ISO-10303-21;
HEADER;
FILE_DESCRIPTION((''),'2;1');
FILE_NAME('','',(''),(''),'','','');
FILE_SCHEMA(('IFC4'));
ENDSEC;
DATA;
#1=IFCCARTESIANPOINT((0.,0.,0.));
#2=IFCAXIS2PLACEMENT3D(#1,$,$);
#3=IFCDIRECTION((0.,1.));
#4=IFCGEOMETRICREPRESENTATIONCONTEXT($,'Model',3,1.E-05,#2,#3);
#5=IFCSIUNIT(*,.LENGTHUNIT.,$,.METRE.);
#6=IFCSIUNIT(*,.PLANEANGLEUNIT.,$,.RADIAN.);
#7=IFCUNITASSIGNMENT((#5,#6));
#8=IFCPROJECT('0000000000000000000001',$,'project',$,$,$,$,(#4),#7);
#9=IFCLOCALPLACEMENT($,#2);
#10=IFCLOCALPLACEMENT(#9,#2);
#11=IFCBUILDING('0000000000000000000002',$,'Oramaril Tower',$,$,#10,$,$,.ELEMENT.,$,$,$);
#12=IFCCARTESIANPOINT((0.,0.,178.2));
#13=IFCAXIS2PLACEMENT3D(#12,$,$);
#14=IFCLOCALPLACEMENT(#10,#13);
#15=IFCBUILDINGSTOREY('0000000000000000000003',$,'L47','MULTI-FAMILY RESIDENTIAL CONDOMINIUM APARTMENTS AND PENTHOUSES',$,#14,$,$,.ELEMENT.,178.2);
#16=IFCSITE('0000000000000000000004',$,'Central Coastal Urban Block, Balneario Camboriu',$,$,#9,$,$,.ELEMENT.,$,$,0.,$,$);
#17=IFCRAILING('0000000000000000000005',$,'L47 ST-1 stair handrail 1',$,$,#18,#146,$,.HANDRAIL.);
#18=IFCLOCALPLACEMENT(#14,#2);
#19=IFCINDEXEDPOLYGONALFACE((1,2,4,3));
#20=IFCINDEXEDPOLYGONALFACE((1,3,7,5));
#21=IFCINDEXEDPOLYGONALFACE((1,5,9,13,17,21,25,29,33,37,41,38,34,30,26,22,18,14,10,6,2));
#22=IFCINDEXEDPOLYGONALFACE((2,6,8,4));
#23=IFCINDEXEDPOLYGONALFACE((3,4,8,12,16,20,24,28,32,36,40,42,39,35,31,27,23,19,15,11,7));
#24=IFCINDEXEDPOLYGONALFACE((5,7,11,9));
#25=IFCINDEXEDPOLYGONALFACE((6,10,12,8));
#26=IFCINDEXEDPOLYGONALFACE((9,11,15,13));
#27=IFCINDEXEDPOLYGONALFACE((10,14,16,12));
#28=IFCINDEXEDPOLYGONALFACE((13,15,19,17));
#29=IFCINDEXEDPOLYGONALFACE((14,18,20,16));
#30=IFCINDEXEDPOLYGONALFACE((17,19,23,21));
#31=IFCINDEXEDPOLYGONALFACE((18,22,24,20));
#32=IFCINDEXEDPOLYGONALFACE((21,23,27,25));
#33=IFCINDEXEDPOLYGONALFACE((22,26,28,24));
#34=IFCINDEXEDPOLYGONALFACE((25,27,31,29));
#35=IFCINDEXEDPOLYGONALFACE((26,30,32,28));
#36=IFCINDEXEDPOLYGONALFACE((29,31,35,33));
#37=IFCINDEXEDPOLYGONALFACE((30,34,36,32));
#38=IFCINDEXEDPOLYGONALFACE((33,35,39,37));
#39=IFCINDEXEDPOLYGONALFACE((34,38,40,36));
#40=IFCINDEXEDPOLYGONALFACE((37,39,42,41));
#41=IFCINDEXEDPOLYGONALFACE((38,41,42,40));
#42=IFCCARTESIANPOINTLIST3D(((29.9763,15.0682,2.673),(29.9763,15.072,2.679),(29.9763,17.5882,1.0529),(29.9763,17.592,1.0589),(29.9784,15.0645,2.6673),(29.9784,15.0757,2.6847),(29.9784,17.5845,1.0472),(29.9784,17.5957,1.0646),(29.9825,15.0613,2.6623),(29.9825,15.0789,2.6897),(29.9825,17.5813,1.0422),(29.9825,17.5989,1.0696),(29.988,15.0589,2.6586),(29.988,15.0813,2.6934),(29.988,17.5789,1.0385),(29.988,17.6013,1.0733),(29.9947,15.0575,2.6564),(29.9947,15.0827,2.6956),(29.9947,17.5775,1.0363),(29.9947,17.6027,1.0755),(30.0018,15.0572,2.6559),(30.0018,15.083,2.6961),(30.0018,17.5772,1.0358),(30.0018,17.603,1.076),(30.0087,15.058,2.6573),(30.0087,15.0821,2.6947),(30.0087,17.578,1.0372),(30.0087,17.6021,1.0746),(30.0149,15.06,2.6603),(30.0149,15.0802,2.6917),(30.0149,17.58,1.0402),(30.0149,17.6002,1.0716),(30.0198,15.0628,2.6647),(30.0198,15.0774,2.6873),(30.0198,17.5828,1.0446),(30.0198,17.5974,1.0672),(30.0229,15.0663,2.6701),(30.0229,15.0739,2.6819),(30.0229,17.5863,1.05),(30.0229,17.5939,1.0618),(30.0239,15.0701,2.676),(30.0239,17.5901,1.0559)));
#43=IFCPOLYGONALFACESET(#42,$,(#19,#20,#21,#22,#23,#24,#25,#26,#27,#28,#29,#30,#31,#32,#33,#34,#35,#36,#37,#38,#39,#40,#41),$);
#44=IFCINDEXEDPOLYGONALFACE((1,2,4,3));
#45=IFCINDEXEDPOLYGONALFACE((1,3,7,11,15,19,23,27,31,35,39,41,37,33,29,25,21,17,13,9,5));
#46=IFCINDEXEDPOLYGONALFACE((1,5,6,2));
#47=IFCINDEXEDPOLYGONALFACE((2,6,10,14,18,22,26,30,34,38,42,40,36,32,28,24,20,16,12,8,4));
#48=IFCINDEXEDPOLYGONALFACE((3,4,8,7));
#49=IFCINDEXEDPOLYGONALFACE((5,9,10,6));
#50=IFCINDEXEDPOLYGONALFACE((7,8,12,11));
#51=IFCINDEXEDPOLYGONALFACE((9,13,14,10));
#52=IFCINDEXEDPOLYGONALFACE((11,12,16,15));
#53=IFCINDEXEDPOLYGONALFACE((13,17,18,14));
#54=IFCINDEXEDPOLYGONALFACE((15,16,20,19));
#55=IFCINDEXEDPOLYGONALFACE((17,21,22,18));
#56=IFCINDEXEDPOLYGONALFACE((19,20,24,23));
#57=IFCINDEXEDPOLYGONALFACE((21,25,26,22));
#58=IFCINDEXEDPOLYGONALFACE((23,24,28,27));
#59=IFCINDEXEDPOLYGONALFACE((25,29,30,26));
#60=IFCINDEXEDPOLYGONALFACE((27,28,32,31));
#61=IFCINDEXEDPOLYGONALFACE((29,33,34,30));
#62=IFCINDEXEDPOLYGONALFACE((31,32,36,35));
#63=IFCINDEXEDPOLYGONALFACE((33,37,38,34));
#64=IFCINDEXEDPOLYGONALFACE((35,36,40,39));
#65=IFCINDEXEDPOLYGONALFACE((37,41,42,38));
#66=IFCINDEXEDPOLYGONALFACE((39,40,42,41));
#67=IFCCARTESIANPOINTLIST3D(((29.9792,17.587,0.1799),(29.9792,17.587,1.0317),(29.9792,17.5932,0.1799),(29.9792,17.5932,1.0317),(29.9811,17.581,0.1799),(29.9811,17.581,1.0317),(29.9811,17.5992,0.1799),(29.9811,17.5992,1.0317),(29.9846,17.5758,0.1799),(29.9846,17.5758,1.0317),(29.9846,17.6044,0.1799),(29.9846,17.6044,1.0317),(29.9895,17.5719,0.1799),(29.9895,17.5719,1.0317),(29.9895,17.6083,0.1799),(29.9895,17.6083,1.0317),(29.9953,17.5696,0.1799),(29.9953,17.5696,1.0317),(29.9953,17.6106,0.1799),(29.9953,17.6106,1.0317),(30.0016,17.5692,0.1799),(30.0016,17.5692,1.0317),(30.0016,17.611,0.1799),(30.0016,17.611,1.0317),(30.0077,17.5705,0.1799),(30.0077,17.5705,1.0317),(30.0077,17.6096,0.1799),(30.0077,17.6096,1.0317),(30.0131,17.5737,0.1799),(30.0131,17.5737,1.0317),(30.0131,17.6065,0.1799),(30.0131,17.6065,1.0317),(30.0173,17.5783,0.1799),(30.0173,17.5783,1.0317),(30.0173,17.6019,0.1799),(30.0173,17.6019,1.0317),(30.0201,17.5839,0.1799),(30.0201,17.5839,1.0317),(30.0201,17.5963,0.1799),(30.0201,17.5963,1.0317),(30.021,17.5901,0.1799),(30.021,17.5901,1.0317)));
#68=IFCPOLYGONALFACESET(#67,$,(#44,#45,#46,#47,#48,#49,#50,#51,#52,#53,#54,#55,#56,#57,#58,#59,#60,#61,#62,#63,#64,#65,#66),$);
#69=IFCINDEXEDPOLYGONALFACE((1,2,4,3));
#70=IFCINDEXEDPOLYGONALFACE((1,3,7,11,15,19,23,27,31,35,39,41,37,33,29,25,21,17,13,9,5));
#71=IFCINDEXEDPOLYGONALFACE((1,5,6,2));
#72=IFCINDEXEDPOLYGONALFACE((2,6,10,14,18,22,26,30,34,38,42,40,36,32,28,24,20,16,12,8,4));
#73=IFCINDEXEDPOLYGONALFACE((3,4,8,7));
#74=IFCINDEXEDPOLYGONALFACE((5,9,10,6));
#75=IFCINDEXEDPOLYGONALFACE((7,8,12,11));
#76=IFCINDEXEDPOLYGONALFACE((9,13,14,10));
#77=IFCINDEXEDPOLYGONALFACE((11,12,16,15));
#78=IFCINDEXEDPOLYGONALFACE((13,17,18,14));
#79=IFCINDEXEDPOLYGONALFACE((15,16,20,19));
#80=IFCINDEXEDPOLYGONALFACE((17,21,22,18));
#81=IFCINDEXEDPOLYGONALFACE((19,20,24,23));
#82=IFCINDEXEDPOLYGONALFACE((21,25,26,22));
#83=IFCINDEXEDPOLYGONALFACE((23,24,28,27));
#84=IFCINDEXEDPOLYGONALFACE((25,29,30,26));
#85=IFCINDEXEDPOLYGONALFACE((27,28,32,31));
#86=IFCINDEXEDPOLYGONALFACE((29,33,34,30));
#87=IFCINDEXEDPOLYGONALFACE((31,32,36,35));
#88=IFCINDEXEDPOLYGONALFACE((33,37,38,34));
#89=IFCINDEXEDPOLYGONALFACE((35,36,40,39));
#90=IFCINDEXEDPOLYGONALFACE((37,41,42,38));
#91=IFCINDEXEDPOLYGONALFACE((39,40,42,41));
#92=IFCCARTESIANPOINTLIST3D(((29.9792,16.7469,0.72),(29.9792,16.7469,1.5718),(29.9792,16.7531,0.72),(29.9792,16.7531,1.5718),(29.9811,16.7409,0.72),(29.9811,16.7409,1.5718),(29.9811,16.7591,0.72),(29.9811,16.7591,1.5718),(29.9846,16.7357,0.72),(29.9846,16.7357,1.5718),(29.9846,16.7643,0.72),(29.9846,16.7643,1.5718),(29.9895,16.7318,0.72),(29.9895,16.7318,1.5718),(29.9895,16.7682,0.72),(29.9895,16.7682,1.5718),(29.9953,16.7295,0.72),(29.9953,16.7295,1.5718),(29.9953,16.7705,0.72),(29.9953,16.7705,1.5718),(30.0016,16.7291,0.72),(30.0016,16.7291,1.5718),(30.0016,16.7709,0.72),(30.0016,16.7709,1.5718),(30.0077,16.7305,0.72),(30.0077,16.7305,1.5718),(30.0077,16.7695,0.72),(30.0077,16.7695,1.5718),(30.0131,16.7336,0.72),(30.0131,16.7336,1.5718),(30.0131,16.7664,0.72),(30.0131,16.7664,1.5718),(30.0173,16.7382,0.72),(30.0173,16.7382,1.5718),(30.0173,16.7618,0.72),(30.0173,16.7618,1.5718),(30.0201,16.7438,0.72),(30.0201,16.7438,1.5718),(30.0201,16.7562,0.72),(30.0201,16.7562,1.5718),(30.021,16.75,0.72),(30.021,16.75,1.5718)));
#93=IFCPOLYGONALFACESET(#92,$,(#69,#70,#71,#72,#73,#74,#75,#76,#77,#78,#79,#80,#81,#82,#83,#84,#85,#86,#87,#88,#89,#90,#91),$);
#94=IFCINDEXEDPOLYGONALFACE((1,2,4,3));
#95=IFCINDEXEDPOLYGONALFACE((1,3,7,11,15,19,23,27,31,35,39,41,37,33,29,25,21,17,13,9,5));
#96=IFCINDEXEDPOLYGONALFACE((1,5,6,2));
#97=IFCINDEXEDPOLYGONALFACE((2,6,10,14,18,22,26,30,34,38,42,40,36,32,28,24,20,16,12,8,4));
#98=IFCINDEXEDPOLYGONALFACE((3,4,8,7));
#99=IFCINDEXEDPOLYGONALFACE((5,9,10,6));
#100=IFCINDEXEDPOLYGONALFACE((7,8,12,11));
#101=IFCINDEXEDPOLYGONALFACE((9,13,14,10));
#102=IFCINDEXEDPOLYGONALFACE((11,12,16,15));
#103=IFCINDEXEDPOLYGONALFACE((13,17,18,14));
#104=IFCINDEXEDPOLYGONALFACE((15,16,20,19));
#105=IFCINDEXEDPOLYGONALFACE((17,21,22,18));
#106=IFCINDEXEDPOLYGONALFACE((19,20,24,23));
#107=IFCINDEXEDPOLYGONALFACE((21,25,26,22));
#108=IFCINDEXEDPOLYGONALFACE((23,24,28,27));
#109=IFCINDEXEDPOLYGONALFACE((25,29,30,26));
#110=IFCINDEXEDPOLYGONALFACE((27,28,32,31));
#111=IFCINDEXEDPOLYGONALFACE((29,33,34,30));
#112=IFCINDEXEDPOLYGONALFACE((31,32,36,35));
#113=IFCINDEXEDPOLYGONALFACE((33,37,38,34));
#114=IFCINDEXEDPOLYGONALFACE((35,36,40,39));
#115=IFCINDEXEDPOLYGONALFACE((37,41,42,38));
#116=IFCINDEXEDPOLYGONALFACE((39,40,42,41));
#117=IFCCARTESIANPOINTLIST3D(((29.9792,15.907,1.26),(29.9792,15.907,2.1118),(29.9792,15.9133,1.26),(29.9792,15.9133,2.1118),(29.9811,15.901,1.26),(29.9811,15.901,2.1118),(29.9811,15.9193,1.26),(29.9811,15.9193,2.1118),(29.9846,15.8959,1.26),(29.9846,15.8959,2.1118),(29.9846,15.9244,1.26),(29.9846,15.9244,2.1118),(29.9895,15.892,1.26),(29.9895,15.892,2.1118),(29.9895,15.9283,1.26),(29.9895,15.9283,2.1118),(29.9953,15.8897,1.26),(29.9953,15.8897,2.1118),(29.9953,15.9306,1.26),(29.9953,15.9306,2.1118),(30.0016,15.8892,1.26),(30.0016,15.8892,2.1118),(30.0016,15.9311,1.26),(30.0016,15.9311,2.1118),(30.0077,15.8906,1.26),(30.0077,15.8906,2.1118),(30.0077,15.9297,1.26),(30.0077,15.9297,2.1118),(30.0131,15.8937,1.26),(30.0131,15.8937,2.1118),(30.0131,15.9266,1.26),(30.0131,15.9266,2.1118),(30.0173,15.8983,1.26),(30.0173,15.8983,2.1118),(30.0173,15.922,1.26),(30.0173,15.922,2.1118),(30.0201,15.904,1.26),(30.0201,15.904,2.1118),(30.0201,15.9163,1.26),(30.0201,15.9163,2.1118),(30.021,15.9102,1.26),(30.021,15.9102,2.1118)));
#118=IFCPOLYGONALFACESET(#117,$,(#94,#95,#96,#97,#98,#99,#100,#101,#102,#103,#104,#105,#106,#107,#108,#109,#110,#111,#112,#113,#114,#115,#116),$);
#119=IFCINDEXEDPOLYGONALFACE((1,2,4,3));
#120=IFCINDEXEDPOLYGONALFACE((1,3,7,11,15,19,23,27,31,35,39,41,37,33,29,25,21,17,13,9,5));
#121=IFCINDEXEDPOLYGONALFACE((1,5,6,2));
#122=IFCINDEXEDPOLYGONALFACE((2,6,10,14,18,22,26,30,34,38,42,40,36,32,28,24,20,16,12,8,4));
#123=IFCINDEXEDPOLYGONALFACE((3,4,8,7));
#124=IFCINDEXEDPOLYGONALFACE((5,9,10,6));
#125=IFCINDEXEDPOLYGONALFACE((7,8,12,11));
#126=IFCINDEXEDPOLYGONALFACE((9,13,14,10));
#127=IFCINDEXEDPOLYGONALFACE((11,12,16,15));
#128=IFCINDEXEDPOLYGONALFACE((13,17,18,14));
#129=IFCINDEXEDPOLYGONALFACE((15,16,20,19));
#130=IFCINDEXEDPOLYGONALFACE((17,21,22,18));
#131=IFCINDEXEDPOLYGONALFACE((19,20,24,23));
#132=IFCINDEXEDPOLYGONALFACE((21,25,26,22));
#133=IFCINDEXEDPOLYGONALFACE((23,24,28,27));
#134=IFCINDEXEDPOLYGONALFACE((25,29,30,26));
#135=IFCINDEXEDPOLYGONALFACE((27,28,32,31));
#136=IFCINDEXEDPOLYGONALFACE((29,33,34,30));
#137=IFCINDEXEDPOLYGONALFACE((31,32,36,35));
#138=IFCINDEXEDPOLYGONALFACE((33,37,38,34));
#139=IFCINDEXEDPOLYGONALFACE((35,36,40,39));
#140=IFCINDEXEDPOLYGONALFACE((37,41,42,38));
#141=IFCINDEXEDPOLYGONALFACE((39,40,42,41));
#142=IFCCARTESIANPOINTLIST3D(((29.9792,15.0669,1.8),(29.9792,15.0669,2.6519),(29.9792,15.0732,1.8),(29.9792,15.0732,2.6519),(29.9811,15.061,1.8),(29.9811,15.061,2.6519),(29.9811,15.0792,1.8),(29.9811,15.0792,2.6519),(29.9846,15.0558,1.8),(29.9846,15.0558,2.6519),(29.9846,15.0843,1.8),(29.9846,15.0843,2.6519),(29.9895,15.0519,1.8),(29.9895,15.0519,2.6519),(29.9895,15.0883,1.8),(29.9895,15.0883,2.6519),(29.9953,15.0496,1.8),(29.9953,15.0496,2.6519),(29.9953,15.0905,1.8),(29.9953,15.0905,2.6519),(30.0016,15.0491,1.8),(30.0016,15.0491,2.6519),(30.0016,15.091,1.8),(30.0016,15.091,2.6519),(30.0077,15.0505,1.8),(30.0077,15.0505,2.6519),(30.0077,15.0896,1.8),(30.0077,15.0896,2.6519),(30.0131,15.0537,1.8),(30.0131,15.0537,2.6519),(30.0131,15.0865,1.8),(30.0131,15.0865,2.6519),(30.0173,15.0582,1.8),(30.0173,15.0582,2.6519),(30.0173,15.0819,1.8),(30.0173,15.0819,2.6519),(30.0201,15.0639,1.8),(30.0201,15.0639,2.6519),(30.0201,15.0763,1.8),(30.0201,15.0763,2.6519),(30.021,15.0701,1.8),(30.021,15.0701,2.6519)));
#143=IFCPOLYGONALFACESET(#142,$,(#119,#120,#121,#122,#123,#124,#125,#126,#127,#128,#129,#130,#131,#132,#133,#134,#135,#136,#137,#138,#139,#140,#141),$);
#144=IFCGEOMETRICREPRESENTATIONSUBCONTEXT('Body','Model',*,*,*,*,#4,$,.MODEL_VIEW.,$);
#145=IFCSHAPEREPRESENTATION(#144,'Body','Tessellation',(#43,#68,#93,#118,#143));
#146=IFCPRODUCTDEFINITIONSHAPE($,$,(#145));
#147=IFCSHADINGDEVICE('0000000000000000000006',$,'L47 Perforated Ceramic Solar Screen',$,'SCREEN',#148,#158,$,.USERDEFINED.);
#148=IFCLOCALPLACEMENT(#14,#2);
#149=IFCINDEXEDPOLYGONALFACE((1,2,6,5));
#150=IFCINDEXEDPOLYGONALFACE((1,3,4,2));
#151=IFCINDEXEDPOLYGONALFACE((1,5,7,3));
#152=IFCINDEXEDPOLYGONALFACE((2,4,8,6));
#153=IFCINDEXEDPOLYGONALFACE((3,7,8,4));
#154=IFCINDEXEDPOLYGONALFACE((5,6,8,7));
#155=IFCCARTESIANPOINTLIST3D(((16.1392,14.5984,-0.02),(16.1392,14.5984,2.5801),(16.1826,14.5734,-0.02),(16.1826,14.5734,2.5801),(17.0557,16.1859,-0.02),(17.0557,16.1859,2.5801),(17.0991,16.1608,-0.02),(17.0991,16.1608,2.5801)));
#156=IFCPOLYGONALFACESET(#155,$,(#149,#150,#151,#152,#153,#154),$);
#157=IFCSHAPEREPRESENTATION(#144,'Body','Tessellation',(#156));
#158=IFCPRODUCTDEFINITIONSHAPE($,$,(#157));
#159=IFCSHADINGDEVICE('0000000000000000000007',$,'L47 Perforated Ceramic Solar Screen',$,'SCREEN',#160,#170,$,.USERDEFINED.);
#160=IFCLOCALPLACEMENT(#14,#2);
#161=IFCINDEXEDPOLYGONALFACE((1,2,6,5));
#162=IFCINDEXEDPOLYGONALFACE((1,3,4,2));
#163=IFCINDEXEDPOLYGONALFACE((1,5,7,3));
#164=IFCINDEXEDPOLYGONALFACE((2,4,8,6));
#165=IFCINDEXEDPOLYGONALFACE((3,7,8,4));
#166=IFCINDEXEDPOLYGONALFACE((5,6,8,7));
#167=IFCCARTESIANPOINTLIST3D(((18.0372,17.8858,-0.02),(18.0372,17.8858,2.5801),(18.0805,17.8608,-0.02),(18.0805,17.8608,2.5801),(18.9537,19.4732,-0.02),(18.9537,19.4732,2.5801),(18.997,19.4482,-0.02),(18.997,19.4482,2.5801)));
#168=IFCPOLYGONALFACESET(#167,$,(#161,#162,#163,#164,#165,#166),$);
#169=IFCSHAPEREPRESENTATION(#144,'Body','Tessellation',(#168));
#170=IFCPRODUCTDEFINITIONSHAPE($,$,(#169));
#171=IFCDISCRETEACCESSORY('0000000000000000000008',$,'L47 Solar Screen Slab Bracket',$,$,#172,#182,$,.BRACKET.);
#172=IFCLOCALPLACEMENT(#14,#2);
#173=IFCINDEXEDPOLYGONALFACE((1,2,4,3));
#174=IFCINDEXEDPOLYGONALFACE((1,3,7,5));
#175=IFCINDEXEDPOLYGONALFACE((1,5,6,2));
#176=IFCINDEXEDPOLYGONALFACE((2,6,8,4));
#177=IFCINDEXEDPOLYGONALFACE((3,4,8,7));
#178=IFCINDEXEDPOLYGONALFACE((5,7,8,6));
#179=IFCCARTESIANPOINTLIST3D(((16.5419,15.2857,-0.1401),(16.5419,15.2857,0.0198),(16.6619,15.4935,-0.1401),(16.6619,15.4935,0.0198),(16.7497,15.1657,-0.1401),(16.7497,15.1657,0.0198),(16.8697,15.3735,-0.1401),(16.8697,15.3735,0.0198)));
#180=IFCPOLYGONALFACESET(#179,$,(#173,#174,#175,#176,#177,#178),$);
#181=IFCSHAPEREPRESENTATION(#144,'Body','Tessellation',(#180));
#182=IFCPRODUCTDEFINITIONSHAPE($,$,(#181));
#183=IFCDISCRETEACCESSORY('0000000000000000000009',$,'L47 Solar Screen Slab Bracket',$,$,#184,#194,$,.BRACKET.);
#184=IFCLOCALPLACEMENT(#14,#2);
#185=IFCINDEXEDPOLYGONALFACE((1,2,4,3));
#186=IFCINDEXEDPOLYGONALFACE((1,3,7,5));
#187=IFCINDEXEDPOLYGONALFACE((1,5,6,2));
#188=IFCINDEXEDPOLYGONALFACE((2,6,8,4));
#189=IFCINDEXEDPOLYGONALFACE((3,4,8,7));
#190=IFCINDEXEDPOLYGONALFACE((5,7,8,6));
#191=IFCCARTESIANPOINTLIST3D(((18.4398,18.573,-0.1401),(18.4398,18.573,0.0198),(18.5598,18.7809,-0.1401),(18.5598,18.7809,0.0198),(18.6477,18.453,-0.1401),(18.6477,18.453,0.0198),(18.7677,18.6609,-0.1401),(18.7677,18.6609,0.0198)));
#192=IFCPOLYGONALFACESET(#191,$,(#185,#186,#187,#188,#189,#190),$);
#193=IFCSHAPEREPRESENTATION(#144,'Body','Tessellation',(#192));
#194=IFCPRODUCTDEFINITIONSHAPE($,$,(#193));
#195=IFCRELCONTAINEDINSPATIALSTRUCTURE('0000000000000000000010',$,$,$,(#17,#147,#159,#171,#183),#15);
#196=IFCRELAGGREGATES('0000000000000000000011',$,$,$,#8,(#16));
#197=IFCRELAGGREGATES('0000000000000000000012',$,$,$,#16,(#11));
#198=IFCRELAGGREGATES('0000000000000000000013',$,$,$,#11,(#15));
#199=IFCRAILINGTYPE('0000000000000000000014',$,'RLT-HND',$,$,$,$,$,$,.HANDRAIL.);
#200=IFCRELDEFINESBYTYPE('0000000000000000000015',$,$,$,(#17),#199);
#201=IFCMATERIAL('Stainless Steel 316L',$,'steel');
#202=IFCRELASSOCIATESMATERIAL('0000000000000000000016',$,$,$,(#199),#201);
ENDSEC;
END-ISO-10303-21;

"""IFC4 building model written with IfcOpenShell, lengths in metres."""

from ifc_helpers import new_model, si_unit, direction, frame, origin, origin_2d, place, context, subcontext, project, spatial, rectangle, circle, extrude, material, type_object, element, save


model = new_model("IFC4")

# Units and contexts
model_context = context("Model", 3, precision=1e-05, world=origin(), true_north=direction((0.0, 1.0)))
body_context = subcontext(model_context, "Body", "Model", "MODEL_VIEW")
ifc_project = project(units=[si_unit("LENGTHUNIT", "METRE"), si_unit("PLANEANGLEUNIT", "RADIAN")], contexts=[model_context])

# Site, building, storey
site_placement = place(None, origin())
site = spatial("IfcSite", under=ifc_project, at=site_placement, Name="Central Coastal Urban Block, Balneario Camboriu", CompositionType="ELEMENT", RefElevation=0.0)
building_placement = place(site_placement, origin())
building = spatial("IfcBuilding", under=site, at=building_placement, Name="Oramaril Tower", CompositionType="ELEMENT")
storey_placement = place(building_placement, frame((0.0, 0.0, 178.2)))
storey = spatial("IfcBuildingStorey", under=building, at=storey_placement, Name="L47", Description="MULTI-FAMILY RESIDENTIAL CONDOMINIUM APARTMENTS AND PENTHOUSES", CompositionType="ELEMENT", Elevation=178.2)

# Railing
ifc_material_1 = material(Name="Stainless Steel 316L", Category="steel")
railing_type_1 = type_object("IfcRailingType", Name="RLT-HND", PredefinedType="HANDRAIL", material=ifc_material_1)
railing_1_placement = place(storey_placement, frame((30.0, 17.5901, 0.1799)))
element("IfcRailing", 1, at=railing_1_placement, inside=storey, type_object=railing_type_1, Name="L47 ST-1 stair handrail 1", PredefinedType="HANDRAIL", context=body_context, shape_type="SweptSolid", body=[
    extrude(circle(Radius=0.0239, at=origin_2d()), frame((0.0, 0.0, 0.876), z_axis=(0.0, -0.841163, 0.540782), x_axis=(1.0, 0.0, 0.0)), (0.0, 0.0, 1.0), 2.9958),
    extrude(circle(Radius=0.021, at=origin_2d()), origin(), (0.0, 0.0, 1.0), 0.8518),
    extrude(circle(Radius=0.021, at=origin_2d()), frame((0.0, -0.8401, 0.54)), (0.0, 0.0, 1.0), 0.8518),
    extrude(circle(Radius=0.021, at=origin_2d()), frame((0.0, -1.6799, 1.0801)), (0.0, 0.0, 1.0), 0.8518),
    extrude(circle(Radius=0.021, at=origin_2d()), frame((0.0, -2.52, 1.6201)), (0.0, 0.0, 1.0), 0.8518),
])

# Shading devices
for number, where, z_axis, x_axis, name in (
    (2, (16.6191, 15.3796, -0.02), (0.0, 0.0, 1.0), (-0.5, -0.866025, 0.0), "L47 Perforated Ceramic Solar Screen"),
    (3, (18.5171, 18.667, -0.02), (0.0, 0.0, 1.0), (-0.5, -0.866025, 0.0), "L47 Perforated Ceramic Solar Screen"),
):
    element("IfcShadingDevice", number, at=place(storey_placement, frame(where, z_axis=z_axis, x_axis=x_axis)), inside=storey, Name=name, ObjectType="SCREEN", PredefinedType="USERDEFINED", context=body_context, shape_type="SweptSolid", body=[
        extrude(rectangle(XDim=1.833, YDim=0.05, at=origin_2d()), origin(), (0.0, 0.0, 1.0), 2.6001),
    ])

# Discrete accessories
for number, where, z_axis, x_axis, name in (
    (4, (16.7058, 15.3296, -0.1401), (0.0, 0.0, 1.0), (-0.5, -0.866025, 0.0), "L47 Solar Screen Slab Bracket"),
    (5, (18.6038, 18.6169, -0.1401), (0.0, 0.0, 1.0), (-0.5, -0.866025, 0.0), "L47 Solar Screen Slab Bracket"),
):
    element("IfcDiscreteAccessory", number, at=place(storey_placement, frame(where, z_axis=z_axis, x_axis=x_axis)), inside=storey, Name=name, PredefinedType="BRACKET", context=body_context, shape_type="SweptSolid", body=[
        extrude(rectangle(XDim=0.24, YDim=0.24, at=origin_2d()), origin(), (0.0, 0.0, 1.0), 0.1599),
    ])

save(model, "model.ifc")
